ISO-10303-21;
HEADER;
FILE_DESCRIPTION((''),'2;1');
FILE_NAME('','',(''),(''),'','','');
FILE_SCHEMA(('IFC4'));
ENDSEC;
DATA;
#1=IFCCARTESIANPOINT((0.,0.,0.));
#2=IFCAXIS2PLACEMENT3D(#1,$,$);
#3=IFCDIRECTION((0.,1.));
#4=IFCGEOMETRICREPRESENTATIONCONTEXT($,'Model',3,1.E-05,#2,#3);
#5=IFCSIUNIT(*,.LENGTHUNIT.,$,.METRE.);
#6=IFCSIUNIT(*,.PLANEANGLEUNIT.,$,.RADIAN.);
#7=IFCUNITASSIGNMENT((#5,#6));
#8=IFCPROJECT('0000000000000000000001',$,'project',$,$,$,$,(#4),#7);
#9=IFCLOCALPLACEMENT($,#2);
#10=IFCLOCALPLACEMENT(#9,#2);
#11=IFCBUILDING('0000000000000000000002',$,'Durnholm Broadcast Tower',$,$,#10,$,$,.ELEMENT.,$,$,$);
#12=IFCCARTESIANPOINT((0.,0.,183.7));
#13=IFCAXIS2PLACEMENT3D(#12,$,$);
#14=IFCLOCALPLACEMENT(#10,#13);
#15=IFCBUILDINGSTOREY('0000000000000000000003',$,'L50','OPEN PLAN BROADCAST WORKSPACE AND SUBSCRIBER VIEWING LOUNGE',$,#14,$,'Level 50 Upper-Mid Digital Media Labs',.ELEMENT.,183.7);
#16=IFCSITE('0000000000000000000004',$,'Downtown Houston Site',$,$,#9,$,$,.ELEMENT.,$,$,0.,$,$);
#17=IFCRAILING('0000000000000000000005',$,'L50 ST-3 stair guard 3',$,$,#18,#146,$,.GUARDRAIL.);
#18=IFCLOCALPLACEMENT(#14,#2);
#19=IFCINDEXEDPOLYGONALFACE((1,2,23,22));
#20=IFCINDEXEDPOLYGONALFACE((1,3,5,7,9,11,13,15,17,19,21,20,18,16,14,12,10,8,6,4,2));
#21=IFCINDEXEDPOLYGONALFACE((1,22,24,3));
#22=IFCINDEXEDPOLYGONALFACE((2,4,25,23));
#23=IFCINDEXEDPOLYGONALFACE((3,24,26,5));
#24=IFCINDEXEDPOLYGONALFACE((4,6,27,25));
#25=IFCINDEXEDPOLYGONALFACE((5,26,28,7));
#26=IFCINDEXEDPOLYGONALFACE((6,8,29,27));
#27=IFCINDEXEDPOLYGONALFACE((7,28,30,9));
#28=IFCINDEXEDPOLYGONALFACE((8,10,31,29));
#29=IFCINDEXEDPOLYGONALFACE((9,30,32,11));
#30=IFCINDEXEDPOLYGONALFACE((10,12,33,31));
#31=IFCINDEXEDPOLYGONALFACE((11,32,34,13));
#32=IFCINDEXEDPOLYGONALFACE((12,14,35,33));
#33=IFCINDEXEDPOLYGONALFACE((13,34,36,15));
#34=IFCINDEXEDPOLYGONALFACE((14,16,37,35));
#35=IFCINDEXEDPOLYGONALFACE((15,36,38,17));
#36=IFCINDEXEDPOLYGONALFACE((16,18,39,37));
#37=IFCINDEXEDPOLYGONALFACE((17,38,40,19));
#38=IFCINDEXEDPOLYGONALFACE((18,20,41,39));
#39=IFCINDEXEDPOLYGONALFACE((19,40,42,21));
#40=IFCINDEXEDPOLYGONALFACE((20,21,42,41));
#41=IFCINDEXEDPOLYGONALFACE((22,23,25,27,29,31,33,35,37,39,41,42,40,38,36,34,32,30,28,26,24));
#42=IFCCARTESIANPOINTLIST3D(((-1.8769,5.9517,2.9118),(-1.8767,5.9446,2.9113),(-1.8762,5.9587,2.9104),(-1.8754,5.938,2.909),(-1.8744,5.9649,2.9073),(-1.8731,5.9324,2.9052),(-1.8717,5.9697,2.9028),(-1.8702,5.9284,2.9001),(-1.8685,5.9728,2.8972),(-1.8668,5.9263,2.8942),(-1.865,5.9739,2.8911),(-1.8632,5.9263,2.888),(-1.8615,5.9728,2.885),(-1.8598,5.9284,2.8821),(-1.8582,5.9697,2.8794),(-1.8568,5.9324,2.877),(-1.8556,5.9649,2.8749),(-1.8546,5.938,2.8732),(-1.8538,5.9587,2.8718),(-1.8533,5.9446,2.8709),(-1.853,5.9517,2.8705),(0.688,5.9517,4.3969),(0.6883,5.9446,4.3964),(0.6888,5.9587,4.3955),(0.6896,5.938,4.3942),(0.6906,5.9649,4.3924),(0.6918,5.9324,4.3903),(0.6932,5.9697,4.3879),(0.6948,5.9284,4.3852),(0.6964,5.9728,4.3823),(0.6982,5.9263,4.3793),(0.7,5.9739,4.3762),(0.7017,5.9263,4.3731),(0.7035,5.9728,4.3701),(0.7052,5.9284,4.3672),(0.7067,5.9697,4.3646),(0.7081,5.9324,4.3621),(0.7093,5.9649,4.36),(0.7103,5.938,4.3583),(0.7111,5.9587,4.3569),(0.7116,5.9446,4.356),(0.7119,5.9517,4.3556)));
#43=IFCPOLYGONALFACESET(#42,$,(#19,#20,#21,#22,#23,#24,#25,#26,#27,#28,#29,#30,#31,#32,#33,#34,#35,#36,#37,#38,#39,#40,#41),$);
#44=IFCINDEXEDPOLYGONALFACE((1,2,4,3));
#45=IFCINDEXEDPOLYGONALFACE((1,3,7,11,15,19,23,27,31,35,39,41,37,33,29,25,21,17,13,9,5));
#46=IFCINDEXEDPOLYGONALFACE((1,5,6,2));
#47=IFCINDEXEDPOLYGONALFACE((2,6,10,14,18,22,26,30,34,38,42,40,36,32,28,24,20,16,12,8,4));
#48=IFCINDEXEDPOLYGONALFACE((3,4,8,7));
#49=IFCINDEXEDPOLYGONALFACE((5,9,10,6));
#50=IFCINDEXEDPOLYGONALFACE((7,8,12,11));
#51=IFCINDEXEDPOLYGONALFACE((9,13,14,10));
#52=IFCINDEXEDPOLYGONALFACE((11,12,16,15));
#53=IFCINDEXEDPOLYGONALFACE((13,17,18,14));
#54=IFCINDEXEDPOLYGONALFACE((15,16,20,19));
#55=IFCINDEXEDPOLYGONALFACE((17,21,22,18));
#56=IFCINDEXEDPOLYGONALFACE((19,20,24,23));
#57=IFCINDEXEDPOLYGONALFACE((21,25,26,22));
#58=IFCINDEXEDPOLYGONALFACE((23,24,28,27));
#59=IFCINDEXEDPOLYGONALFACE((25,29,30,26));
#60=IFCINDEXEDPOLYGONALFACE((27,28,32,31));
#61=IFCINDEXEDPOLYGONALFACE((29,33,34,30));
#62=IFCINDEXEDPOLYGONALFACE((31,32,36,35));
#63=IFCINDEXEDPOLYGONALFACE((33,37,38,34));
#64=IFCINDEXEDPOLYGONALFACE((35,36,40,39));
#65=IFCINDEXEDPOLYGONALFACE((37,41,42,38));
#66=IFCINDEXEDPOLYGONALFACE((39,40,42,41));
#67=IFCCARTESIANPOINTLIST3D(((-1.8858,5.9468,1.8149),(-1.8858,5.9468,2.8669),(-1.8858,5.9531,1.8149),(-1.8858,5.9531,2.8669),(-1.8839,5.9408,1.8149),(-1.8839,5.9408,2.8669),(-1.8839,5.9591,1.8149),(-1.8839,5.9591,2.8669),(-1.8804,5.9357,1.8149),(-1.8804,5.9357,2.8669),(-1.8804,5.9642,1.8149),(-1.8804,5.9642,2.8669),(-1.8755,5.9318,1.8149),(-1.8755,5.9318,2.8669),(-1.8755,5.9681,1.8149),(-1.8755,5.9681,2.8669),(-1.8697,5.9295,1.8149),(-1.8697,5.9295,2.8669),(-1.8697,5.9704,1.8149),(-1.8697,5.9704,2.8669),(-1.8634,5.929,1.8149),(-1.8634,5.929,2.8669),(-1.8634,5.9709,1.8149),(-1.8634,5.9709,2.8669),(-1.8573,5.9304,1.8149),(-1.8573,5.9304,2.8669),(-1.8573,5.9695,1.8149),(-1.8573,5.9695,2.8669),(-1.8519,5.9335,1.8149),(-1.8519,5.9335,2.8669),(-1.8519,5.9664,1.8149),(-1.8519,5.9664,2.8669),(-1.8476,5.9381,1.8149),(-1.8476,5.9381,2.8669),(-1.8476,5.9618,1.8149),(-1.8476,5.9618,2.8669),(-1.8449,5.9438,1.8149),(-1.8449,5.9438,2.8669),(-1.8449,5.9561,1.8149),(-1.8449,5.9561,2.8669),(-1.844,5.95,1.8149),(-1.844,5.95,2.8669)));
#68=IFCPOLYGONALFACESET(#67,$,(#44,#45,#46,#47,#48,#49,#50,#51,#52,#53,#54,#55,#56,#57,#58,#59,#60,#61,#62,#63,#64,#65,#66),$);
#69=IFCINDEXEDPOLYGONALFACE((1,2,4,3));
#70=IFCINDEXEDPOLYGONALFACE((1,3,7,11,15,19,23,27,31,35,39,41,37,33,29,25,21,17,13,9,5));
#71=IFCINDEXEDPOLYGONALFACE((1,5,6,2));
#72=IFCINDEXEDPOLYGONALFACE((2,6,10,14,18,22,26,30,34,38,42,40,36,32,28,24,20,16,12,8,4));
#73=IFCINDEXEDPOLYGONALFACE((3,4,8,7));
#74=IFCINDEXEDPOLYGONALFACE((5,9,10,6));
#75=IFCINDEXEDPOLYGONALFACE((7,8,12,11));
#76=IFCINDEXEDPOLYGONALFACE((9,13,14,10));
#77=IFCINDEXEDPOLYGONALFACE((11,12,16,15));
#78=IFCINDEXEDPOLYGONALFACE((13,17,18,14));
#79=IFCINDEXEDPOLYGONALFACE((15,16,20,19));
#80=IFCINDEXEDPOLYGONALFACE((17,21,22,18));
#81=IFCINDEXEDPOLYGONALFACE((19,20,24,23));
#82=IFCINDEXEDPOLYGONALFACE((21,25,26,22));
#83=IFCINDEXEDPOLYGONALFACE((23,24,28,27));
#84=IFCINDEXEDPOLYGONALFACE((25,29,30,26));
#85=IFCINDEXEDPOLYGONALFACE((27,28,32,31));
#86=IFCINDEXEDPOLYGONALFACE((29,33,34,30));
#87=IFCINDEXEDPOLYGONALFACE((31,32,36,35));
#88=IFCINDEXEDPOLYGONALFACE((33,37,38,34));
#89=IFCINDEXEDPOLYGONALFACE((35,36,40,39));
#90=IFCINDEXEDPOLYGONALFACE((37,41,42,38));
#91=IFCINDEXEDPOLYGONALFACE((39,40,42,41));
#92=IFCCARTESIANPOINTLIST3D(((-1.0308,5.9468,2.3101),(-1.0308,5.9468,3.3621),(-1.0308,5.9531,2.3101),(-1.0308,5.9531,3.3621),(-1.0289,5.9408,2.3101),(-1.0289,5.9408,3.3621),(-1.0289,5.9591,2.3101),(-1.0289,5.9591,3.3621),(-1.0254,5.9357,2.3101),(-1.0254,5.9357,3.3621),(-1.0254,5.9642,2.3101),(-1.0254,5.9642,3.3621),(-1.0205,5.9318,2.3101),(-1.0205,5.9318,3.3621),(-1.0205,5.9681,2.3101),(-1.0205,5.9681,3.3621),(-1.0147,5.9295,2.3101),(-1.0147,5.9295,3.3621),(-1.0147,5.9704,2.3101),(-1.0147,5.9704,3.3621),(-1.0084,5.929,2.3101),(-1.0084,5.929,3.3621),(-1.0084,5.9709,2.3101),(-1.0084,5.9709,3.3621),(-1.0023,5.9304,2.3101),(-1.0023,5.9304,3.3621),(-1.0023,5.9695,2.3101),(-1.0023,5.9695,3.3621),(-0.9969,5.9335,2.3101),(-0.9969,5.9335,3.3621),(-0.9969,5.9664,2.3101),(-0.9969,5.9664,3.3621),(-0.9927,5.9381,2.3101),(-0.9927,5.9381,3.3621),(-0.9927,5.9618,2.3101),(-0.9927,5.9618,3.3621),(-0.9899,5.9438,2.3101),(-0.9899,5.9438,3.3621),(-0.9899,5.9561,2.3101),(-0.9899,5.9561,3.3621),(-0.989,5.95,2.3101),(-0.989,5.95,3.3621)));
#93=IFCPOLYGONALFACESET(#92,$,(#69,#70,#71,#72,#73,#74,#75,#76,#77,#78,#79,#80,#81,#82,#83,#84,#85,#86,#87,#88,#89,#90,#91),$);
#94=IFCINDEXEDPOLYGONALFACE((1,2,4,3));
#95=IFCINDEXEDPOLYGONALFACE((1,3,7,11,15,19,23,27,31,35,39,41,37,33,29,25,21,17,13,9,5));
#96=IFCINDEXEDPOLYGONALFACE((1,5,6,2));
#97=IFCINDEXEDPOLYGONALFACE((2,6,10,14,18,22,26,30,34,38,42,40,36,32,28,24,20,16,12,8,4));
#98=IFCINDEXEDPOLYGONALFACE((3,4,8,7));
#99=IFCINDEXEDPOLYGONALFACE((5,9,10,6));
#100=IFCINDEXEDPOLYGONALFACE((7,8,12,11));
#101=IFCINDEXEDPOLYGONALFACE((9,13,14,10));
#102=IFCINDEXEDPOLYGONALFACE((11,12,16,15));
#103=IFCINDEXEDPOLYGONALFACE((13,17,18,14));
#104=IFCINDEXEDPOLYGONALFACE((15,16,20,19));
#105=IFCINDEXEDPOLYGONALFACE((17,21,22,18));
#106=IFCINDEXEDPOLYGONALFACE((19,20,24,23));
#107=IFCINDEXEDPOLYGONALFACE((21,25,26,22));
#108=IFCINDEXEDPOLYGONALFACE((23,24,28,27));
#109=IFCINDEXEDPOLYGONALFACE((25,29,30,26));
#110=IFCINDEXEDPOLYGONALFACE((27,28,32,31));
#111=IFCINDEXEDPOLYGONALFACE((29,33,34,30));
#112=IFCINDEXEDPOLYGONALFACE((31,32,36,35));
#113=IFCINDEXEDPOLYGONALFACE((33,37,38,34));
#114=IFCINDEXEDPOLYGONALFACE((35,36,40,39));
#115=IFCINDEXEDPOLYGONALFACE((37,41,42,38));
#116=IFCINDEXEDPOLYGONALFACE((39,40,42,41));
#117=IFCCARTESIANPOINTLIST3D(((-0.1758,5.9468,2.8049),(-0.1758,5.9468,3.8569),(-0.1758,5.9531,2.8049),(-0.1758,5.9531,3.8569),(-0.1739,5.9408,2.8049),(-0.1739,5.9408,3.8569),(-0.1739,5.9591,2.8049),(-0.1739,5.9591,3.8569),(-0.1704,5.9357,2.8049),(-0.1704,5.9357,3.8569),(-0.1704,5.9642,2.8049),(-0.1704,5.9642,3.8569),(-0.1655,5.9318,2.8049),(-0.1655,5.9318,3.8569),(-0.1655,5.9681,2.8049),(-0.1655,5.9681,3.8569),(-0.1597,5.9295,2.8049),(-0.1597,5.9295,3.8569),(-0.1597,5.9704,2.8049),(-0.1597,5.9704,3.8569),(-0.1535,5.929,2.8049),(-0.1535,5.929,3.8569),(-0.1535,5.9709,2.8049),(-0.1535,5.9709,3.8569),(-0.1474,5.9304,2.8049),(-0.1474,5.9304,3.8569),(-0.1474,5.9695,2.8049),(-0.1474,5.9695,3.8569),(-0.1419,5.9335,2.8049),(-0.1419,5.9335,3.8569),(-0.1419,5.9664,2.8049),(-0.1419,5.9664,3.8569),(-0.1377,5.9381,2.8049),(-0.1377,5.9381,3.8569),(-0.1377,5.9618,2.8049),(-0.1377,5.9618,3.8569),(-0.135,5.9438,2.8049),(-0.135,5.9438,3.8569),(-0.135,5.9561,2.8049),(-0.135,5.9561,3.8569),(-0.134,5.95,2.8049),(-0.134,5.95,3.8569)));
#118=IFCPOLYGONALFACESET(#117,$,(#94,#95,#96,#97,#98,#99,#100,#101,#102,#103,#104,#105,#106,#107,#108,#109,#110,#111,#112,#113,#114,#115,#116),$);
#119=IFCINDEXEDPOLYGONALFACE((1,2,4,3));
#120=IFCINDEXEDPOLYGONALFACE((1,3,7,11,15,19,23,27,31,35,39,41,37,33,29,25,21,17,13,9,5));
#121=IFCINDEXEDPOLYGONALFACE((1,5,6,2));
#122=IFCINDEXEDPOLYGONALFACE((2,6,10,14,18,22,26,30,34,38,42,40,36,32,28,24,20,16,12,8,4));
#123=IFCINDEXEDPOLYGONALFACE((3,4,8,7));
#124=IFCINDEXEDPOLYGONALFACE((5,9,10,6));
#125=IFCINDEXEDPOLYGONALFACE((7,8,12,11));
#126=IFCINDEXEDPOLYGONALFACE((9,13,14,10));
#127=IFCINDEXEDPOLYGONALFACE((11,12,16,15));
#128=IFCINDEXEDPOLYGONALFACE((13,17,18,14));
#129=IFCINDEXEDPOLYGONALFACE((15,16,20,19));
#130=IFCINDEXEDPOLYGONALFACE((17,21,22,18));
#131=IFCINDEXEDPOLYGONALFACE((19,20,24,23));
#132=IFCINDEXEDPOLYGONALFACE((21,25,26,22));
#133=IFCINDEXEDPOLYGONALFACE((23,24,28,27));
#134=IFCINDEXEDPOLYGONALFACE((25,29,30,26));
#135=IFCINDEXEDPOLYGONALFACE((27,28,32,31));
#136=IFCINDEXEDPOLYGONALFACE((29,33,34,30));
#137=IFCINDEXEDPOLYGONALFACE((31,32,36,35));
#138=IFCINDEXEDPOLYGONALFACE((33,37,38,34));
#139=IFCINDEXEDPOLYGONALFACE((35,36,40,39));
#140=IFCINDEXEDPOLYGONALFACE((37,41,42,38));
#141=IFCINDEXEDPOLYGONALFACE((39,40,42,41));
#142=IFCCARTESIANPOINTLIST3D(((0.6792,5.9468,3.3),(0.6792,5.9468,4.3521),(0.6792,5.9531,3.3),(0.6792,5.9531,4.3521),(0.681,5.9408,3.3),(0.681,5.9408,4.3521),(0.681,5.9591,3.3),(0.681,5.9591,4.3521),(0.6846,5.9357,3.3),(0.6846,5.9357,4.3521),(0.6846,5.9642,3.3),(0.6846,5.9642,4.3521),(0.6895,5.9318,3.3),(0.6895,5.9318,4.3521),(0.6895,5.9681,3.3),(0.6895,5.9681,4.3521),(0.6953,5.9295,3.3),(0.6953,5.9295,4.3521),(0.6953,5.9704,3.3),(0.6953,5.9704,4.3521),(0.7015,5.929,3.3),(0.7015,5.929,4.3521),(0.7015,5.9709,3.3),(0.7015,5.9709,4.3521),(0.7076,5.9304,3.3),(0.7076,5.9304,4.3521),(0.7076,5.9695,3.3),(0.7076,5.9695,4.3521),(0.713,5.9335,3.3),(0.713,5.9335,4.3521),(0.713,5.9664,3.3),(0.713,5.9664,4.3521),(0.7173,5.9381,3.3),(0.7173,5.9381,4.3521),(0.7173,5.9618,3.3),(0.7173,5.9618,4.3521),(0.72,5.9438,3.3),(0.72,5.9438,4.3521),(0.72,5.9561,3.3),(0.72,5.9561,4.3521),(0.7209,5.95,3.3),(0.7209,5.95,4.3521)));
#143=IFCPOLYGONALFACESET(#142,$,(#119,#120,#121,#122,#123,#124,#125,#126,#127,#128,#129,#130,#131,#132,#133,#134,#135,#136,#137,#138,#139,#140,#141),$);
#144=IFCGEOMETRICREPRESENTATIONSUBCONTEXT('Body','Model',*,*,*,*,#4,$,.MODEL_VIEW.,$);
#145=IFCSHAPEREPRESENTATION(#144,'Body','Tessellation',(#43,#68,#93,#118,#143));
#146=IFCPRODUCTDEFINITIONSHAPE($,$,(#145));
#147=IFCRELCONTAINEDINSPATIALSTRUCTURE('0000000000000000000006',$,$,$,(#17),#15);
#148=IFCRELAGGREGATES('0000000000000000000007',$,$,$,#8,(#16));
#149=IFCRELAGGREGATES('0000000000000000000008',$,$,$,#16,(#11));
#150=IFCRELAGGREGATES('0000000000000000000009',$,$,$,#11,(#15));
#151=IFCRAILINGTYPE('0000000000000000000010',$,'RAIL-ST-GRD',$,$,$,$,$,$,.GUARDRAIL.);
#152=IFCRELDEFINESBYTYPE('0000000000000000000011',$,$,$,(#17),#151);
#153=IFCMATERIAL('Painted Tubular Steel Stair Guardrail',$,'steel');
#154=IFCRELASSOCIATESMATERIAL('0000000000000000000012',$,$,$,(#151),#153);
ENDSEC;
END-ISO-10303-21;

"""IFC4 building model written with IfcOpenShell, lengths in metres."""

from ifc_helpers import new_model, si_unit, direction, frame, origin, origin_2d, place, context, subcontext, project, spatial, circle, extrude, material, type_object, element, save


model = new_model("IFC4")

# Units and contexts
model_context = context("Model", 3, precision=1e-05, world=origin(), true_north=direction((0.0, 1.0)))
body_context = subcontext(model_context, "Body", "Model", "MODEL_VIEW")
ifc_project = project(units=[si_unit("LENGTHUNIT", "METRE"), si_unit("PLANEANGLEUNIT", "RADIAN")], contexts=[model_context])

# Site, building, storey
site_placement = place(None, origin())
site = spatial("IfcSite", under=ifc_project, at=site_placement, Name="Downtown Houston Site", CompositionType="ELEMENT", RefElevation=0.0)
building_placement = place(site_placement, origin())
building = spatial("IfcBuilding", under=site, at=building_placement, Name="Durnholm Broadcast Tower", CompositionType="ELEMENT")
storey_placement = place(building_placement, frame((0.0, 0.0, 183.7)))
storey = spatial("IfcBuildingStorey", under=building, at=storey_placement, Name="L50", Description="OPEN PLAN BROADCAST WORKSPACE AND SUBSCRIBER VIEWING LOUNGE", LongName="Level 50 Upper-Mid Digital Media Labs", CompositionType="ELEMENT", Elevation=183.7)

# Railing
ifc_material_1 = material(Name="Painted Tubular Steel Stair Guardrail", Category="steel")
railing_type_1 = type_object("IfcRailingType", Name="RAIL-ST-GRD", PredefinedType="GUARDRAIL", material=ifc_material_1)
railing_1_placement = place(storey_placement, frame((-1.865, 5.95, 1.8149)))
element("IfcRailing", 1, at=railing_1_placement, inside=storey, type_object=railing_type_1, Name="L50 ST-3 stair guard 3", PredefinedType="GUARDRAIL", context=body_context, shape_type="SweptSolid", body=[
    extrude(circle(Radius=0.0239, at=origin_2d()), frame((0.0, 0.0, 1.0762), z_axis=(0.865406, 0.0, 0.501072), x_axis=(0.0, 1.0, 0.0)), (0.0, 0.0, 1.0), 2.9639),
    extrude(circle(Radius=0.021, at=origin_2d()), origin(), (0.0, 0.0, 1.0), 1.052),
    extrude(circle(Radius=0.021, at=origin_2d()), frame((0.855, 0.0, 0.4951)), (0.0, 0.0, 1.0), 1.052),
    extrude(circle(Radius=0.021, at=origin_2d()), frame((1.71, 0.0, 0.99)), (0.0, 0.0, 1.0), 1.052),
    extrude(circle(Radius=0.021, at=origin_2d()), frame((2.5649, 0.0, 1.4851)), (0.0, 0.0, 1.0), 1.052),
])

save(model, "model.ifc")
